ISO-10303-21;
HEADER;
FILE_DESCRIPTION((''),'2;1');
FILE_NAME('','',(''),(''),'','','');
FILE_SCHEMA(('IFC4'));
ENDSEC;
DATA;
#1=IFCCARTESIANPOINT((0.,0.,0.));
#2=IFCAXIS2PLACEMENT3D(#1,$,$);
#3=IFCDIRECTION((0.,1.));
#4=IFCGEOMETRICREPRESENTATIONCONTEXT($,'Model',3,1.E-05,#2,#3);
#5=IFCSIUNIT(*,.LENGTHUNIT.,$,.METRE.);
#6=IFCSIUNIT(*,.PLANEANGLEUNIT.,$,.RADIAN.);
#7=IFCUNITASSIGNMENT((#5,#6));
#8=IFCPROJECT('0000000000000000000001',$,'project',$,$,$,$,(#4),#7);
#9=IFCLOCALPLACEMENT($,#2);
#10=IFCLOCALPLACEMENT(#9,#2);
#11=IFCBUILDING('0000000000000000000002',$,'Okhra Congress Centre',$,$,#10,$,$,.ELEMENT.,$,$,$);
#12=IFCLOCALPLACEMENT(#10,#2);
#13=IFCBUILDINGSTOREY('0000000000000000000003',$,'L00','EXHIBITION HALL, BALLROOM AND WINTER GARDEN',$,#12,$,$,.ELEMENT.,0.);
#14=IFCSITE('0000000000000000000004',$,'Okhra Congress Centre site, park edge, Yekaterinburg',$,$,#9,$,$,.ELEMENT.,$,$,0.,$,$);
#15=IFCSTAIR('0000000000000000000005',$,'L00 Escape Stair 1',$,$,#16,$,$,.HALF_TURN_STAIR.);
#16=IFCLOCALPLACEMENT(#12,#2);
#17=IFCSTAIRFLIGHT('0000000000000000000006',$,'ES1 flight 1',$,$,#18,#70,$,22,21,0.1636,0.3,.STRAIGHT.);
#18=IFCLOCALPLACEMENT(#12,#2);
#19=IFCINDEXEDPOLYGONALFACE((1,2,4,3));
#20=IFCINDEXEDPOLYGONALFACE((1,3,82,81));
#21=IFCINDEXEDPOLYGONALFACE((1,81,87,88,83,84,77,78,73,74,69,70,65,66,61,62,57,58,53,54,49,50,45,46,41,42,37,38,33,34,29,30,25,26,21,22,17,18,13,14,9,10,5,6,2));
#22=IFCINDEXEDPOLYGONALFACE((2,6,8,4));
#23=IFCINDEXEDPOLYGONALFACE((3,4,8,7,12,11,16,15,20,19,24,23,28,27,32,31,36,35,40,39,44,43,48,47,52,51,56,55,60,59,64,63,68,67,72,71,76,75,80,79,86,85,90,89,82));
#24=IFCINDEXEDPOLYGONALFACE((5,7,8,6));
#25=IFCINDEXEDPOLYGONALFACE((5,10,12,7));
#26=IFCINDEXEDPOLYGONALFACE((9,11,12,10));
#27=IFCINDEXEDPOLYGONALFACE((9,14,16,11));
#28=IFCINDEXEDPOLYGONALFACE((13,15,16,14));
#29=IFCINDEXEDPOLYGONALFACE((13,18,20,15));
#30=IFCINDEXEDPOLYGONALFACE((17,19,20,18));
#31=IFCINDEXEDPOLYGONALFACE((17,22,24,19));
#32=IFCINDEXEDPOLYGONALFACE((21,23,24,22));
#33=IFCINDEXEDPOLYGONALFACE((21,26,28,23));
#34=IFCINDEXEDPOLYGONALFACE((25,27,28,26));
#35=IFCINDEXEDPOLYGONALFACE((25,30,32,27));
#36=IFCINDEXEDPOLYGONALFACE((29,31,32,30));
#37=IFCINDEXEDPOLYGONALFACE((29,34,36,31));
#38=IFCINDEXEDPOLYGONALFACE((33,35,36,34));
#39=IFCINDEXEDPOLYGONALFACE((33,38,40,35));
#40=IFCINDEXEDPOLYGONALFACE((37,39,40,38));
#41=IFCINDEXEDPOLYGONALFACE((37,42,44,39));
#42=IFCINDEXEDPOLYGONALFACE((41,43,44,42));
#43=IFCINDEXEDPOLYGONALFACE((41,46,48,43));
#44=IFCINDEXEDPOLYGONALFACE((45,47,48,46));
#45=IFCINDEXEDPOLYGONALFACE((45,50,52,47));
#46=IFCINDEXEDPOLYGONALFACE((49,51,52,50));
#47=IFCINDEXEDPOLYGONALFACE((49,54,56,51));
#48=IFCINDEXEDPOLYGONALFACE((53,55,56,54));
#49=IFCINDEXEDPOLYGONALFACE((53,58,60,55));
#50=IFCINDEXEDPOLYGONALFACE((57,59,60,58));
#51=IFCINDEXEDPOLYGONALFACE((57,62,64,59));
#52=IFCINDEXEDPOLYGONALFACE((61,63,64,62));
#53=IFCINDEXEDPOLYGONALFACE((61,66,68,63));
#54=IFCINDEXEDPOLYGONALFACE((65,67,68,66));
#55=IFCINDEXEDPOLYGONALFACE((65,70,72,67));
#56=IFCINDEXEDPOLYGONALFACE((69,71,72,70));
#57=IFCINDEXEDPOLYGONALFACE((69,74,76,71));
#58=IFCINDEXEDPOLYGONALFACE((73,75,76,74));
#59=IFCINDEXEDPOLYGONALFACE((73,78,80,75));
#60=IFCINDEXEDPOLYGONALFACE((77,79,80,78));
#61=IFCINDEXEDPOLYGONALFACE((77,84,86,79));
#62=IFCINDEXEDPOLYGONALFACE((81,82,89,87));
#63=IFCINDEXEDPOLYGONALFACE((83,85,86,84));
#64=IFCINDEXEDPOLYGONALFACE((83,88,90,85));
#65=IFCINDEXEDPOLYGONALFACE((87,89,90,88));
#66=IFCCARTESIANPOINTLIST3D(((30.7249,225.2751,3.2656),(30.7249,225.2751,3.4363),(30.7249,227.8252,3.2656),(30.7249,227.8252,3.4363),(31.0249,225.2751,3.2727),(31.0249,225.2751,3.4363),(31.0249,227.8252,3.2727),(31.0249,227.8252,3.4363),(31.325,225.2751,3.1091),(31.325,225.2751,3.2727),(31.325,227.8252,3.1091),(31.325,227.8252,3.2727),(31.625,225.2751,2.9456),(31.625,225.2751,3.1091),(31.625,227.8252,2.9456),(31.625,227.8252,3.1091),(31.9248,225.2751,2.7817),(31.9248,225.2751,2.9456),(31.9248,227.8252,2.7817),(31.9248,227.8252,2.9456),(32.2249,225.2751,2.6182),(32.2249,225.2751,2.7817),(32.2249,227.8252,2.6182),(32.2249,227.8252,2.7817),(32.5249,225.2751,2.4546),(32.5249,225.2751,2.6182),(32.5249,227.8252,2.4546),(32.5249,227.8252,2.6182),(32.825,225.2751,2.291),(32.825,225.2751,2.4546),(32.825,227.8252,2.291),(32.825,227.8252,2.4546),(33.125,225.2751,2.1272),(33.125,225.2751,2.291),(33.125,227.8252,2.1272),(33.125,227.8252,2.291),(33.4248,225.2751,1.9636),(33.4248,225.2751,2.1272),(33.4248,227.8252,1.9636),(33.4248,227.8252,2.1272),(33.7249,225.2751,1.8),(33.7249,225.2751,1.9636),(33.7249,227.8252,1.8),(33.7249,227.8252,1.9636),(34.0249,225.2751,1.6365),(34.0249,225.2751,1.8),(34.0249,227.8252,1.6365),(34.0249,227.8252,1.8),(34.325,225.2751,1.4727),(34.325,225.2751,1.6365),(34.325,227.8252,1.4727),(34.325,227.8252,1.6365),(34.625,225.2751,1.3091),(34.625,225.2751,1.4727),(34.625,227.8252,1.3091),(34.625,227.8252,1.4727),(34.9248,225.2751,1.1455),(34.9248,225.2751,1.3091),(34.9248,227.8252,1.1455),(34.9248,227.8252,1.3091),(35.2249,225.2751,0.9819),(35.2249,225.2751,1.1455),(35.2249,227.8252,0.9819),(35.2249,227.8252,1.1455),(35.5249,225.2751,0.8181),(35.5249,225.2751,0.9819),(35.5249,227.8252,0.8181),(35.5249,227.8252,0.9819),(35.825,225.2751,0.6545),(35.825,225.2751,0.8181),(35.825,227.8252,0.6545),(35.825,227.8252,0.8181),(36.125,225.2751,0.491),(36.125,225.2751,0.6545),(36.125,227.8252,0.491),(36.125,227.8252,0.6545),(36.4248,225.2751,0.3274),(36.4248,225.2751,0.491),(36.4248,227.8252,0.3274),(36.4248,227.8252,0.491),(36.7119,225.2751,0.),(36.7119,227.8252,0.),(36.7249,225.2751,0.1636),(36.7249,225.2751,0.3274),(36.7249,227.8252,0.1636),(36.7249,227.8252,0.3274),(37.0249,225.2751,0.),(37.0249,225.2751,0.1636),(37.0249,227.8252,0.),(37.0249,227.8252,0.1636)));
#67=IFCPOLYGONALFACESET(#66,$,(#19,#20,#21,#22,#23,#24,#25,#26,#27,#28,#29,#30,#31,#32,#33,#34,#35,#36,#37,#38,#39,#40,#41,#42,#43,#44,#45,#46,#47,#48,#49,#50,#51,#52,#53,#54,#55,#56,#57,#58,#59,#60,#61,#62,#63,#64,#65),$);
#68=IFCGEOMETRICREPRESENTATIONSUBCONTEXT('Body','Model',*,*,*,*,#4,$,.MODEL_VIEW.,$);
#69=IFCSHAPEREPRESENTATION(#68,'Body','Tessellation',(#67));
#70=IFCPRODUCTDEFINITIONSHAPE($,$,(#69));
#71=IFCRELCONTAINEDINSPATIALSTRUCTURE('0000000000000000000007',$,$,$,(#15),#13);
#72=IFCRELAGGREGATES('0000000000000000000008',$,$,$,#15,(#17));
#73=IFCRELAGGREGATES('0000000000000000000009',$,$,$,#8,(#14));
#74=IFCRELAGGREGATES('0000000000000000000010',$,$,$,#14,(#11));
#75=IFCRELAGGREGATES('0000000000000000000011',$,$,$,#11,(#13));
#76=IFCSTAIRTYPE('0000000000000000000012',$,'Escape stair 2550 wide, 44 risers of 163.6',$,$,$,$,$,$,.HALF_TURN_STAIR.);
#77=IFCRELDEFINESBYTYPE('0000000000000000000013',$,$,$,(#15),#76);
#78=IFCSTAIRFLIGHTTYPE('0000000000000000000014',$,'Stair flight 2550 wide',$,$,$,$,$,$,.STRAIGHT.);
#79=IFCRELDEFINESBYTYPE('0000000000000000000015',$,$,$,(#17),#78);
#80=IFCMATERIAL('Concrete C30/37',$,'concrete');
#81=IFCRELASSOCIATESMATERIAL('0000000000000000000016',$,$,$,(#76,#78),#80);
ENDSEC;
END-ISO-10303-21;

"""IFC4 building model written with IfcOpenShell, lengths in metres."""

from ifc_helpers import new_model, si_unit, direction, frame, origin, place, context, subcontext, project, spatial, polyline, outline, extrude, material, type_object, element, aggregate, save


model = new_model("IFC4")

# Units and contexts
model_context = context("Model", 3, precision=1e-05, world=origin(), true_north=direction((0.0, 1.0)))
body_context = subcontext(model_context, "Body", "Model", "MODEL_VIEW")
ifc_project = project(units=[si_unit("LENGTHUNIT", "METRE"), si_unit("PLANEANGLEUNIT", "RADIAN")], contexts=[model_context])

# Site, building, storey
site_placement = place(None, origin())
site = spatial("IfcSite", under=ifc_project, at=site_placement, Name="Okhra Congress Centre site, park edge, Yekaterinburg", CompositionType="ELEMENT", RefElevation=0.0)
building_placement = place(site_placement, origin())
building = spatial("IfcBuilding", under=site, at=building_placement, Name="Okhra Congress Centre", CompositionType="ELEMENT")
storey_placement = place(building_placement, origin())
storey = spatial("IfcBuildingStorey", under=building, at=storey_placement, Name="L00", Description="EXHIBITION HALL, BALLROOM AND WINTER GARDEN", CompositionType="ELEMENT", Elevation=0.0)

# Shared definitions
ifc_material_1 = material(Name="Concrete C30/37", Category="concrete")

# Stair, stair flight
stair_type = type_object("IfcStairType", Name="Escape stair 2550 wide, 44 risers of 163.6", PredefinedType="HALF_TURN_STAIR", material=ifc_material_1)
stair_placement = place(storey_placement, origin())
stair = element("IfcStair", 1, at=stair_placement, inside=storey, type_object=stair_type, Name="L00 Escape Stair 1", PredefinedType="HALF_TURN_STAIR")
stair_flight_type = type_object("IfcStairFlightType", Name="Stair flight 2550 wide", PredefinedType="STRAIGHT", material=ifc_material_1)
stair_flight_placement = place(storey_placement, frame((37.0249, 226.55, 0.0), z_axis=(0.0, 0.0, 1.0), x_axis=(-1.0, 0.0, 0.0)))
stair_flight = element("IfcStairFlight", 2, at=stair_flight_placement, type_object=stair_flight_type, Name="ES1 flight 1", NumberOfRisers=22, NumberOfTreads=21, PredefinedType="STRAIGHT", RiserHeight=0.1636, TreadLength=0.3, context=body_context, shape_type="SweptSolid", body=[
    extrude(outline(polyline([(0.0, 0.0), (0.0, 0.1636), (0.3, 0.1636), (0.3, 0.3274), (0.6001, 0.3274), (0.6001, 0.491), (0.8999, 0.491), (0.8999, 0.6545), (1.2, 0.6545), (1.2, 0.8181), (1.5, 0.8181), (1.5, 0.9819), (1.8, 0.9819), (1.8, 1.1455), (2.1001, 1.1455), (2.1001, 1.3091), (2.3999, 1.3091), (2.3999, 1.4727), (2.7, 1.4727), (2.7, 1.6365), (3.0, 1.6365), (3.0, 1.8), (3.3, 1.8), (3.3, 1.9636), (3.6001, 1.9636), (3.6001, 2.1272), (3.8999, 2.1272), (3.8999, 2.291), (4.2, 2.291), (4.2, 2.4546), (4.5, 2.4546), (4.5, 2.6182), (4.8, 2.6182), (4.8, 2.7817), (5.1001, 2.7817), (5.1001, 2.9456), (5.3999, 2.9456), (5.3999, 3.1091), (5.7, 3.1091), (5.7, 3.2727), (6.0, 3.2727), (6.0, 3.4363), (6.3, 3.4363), (6.3, 3.6001), (6.3, 3.2656), (0.313, 0.0), (0.0, 0.0)])), frame((0.0, 1.2749, 0.0), z_axis=(0.0, -1.0, 0.0), x_axis=(1.0, 0.0, 0.0)), (0.0, 0.0, 1.0), 2.55),
])
aggregate(stair, [stair_flight])

save(model, "model.ifc")
